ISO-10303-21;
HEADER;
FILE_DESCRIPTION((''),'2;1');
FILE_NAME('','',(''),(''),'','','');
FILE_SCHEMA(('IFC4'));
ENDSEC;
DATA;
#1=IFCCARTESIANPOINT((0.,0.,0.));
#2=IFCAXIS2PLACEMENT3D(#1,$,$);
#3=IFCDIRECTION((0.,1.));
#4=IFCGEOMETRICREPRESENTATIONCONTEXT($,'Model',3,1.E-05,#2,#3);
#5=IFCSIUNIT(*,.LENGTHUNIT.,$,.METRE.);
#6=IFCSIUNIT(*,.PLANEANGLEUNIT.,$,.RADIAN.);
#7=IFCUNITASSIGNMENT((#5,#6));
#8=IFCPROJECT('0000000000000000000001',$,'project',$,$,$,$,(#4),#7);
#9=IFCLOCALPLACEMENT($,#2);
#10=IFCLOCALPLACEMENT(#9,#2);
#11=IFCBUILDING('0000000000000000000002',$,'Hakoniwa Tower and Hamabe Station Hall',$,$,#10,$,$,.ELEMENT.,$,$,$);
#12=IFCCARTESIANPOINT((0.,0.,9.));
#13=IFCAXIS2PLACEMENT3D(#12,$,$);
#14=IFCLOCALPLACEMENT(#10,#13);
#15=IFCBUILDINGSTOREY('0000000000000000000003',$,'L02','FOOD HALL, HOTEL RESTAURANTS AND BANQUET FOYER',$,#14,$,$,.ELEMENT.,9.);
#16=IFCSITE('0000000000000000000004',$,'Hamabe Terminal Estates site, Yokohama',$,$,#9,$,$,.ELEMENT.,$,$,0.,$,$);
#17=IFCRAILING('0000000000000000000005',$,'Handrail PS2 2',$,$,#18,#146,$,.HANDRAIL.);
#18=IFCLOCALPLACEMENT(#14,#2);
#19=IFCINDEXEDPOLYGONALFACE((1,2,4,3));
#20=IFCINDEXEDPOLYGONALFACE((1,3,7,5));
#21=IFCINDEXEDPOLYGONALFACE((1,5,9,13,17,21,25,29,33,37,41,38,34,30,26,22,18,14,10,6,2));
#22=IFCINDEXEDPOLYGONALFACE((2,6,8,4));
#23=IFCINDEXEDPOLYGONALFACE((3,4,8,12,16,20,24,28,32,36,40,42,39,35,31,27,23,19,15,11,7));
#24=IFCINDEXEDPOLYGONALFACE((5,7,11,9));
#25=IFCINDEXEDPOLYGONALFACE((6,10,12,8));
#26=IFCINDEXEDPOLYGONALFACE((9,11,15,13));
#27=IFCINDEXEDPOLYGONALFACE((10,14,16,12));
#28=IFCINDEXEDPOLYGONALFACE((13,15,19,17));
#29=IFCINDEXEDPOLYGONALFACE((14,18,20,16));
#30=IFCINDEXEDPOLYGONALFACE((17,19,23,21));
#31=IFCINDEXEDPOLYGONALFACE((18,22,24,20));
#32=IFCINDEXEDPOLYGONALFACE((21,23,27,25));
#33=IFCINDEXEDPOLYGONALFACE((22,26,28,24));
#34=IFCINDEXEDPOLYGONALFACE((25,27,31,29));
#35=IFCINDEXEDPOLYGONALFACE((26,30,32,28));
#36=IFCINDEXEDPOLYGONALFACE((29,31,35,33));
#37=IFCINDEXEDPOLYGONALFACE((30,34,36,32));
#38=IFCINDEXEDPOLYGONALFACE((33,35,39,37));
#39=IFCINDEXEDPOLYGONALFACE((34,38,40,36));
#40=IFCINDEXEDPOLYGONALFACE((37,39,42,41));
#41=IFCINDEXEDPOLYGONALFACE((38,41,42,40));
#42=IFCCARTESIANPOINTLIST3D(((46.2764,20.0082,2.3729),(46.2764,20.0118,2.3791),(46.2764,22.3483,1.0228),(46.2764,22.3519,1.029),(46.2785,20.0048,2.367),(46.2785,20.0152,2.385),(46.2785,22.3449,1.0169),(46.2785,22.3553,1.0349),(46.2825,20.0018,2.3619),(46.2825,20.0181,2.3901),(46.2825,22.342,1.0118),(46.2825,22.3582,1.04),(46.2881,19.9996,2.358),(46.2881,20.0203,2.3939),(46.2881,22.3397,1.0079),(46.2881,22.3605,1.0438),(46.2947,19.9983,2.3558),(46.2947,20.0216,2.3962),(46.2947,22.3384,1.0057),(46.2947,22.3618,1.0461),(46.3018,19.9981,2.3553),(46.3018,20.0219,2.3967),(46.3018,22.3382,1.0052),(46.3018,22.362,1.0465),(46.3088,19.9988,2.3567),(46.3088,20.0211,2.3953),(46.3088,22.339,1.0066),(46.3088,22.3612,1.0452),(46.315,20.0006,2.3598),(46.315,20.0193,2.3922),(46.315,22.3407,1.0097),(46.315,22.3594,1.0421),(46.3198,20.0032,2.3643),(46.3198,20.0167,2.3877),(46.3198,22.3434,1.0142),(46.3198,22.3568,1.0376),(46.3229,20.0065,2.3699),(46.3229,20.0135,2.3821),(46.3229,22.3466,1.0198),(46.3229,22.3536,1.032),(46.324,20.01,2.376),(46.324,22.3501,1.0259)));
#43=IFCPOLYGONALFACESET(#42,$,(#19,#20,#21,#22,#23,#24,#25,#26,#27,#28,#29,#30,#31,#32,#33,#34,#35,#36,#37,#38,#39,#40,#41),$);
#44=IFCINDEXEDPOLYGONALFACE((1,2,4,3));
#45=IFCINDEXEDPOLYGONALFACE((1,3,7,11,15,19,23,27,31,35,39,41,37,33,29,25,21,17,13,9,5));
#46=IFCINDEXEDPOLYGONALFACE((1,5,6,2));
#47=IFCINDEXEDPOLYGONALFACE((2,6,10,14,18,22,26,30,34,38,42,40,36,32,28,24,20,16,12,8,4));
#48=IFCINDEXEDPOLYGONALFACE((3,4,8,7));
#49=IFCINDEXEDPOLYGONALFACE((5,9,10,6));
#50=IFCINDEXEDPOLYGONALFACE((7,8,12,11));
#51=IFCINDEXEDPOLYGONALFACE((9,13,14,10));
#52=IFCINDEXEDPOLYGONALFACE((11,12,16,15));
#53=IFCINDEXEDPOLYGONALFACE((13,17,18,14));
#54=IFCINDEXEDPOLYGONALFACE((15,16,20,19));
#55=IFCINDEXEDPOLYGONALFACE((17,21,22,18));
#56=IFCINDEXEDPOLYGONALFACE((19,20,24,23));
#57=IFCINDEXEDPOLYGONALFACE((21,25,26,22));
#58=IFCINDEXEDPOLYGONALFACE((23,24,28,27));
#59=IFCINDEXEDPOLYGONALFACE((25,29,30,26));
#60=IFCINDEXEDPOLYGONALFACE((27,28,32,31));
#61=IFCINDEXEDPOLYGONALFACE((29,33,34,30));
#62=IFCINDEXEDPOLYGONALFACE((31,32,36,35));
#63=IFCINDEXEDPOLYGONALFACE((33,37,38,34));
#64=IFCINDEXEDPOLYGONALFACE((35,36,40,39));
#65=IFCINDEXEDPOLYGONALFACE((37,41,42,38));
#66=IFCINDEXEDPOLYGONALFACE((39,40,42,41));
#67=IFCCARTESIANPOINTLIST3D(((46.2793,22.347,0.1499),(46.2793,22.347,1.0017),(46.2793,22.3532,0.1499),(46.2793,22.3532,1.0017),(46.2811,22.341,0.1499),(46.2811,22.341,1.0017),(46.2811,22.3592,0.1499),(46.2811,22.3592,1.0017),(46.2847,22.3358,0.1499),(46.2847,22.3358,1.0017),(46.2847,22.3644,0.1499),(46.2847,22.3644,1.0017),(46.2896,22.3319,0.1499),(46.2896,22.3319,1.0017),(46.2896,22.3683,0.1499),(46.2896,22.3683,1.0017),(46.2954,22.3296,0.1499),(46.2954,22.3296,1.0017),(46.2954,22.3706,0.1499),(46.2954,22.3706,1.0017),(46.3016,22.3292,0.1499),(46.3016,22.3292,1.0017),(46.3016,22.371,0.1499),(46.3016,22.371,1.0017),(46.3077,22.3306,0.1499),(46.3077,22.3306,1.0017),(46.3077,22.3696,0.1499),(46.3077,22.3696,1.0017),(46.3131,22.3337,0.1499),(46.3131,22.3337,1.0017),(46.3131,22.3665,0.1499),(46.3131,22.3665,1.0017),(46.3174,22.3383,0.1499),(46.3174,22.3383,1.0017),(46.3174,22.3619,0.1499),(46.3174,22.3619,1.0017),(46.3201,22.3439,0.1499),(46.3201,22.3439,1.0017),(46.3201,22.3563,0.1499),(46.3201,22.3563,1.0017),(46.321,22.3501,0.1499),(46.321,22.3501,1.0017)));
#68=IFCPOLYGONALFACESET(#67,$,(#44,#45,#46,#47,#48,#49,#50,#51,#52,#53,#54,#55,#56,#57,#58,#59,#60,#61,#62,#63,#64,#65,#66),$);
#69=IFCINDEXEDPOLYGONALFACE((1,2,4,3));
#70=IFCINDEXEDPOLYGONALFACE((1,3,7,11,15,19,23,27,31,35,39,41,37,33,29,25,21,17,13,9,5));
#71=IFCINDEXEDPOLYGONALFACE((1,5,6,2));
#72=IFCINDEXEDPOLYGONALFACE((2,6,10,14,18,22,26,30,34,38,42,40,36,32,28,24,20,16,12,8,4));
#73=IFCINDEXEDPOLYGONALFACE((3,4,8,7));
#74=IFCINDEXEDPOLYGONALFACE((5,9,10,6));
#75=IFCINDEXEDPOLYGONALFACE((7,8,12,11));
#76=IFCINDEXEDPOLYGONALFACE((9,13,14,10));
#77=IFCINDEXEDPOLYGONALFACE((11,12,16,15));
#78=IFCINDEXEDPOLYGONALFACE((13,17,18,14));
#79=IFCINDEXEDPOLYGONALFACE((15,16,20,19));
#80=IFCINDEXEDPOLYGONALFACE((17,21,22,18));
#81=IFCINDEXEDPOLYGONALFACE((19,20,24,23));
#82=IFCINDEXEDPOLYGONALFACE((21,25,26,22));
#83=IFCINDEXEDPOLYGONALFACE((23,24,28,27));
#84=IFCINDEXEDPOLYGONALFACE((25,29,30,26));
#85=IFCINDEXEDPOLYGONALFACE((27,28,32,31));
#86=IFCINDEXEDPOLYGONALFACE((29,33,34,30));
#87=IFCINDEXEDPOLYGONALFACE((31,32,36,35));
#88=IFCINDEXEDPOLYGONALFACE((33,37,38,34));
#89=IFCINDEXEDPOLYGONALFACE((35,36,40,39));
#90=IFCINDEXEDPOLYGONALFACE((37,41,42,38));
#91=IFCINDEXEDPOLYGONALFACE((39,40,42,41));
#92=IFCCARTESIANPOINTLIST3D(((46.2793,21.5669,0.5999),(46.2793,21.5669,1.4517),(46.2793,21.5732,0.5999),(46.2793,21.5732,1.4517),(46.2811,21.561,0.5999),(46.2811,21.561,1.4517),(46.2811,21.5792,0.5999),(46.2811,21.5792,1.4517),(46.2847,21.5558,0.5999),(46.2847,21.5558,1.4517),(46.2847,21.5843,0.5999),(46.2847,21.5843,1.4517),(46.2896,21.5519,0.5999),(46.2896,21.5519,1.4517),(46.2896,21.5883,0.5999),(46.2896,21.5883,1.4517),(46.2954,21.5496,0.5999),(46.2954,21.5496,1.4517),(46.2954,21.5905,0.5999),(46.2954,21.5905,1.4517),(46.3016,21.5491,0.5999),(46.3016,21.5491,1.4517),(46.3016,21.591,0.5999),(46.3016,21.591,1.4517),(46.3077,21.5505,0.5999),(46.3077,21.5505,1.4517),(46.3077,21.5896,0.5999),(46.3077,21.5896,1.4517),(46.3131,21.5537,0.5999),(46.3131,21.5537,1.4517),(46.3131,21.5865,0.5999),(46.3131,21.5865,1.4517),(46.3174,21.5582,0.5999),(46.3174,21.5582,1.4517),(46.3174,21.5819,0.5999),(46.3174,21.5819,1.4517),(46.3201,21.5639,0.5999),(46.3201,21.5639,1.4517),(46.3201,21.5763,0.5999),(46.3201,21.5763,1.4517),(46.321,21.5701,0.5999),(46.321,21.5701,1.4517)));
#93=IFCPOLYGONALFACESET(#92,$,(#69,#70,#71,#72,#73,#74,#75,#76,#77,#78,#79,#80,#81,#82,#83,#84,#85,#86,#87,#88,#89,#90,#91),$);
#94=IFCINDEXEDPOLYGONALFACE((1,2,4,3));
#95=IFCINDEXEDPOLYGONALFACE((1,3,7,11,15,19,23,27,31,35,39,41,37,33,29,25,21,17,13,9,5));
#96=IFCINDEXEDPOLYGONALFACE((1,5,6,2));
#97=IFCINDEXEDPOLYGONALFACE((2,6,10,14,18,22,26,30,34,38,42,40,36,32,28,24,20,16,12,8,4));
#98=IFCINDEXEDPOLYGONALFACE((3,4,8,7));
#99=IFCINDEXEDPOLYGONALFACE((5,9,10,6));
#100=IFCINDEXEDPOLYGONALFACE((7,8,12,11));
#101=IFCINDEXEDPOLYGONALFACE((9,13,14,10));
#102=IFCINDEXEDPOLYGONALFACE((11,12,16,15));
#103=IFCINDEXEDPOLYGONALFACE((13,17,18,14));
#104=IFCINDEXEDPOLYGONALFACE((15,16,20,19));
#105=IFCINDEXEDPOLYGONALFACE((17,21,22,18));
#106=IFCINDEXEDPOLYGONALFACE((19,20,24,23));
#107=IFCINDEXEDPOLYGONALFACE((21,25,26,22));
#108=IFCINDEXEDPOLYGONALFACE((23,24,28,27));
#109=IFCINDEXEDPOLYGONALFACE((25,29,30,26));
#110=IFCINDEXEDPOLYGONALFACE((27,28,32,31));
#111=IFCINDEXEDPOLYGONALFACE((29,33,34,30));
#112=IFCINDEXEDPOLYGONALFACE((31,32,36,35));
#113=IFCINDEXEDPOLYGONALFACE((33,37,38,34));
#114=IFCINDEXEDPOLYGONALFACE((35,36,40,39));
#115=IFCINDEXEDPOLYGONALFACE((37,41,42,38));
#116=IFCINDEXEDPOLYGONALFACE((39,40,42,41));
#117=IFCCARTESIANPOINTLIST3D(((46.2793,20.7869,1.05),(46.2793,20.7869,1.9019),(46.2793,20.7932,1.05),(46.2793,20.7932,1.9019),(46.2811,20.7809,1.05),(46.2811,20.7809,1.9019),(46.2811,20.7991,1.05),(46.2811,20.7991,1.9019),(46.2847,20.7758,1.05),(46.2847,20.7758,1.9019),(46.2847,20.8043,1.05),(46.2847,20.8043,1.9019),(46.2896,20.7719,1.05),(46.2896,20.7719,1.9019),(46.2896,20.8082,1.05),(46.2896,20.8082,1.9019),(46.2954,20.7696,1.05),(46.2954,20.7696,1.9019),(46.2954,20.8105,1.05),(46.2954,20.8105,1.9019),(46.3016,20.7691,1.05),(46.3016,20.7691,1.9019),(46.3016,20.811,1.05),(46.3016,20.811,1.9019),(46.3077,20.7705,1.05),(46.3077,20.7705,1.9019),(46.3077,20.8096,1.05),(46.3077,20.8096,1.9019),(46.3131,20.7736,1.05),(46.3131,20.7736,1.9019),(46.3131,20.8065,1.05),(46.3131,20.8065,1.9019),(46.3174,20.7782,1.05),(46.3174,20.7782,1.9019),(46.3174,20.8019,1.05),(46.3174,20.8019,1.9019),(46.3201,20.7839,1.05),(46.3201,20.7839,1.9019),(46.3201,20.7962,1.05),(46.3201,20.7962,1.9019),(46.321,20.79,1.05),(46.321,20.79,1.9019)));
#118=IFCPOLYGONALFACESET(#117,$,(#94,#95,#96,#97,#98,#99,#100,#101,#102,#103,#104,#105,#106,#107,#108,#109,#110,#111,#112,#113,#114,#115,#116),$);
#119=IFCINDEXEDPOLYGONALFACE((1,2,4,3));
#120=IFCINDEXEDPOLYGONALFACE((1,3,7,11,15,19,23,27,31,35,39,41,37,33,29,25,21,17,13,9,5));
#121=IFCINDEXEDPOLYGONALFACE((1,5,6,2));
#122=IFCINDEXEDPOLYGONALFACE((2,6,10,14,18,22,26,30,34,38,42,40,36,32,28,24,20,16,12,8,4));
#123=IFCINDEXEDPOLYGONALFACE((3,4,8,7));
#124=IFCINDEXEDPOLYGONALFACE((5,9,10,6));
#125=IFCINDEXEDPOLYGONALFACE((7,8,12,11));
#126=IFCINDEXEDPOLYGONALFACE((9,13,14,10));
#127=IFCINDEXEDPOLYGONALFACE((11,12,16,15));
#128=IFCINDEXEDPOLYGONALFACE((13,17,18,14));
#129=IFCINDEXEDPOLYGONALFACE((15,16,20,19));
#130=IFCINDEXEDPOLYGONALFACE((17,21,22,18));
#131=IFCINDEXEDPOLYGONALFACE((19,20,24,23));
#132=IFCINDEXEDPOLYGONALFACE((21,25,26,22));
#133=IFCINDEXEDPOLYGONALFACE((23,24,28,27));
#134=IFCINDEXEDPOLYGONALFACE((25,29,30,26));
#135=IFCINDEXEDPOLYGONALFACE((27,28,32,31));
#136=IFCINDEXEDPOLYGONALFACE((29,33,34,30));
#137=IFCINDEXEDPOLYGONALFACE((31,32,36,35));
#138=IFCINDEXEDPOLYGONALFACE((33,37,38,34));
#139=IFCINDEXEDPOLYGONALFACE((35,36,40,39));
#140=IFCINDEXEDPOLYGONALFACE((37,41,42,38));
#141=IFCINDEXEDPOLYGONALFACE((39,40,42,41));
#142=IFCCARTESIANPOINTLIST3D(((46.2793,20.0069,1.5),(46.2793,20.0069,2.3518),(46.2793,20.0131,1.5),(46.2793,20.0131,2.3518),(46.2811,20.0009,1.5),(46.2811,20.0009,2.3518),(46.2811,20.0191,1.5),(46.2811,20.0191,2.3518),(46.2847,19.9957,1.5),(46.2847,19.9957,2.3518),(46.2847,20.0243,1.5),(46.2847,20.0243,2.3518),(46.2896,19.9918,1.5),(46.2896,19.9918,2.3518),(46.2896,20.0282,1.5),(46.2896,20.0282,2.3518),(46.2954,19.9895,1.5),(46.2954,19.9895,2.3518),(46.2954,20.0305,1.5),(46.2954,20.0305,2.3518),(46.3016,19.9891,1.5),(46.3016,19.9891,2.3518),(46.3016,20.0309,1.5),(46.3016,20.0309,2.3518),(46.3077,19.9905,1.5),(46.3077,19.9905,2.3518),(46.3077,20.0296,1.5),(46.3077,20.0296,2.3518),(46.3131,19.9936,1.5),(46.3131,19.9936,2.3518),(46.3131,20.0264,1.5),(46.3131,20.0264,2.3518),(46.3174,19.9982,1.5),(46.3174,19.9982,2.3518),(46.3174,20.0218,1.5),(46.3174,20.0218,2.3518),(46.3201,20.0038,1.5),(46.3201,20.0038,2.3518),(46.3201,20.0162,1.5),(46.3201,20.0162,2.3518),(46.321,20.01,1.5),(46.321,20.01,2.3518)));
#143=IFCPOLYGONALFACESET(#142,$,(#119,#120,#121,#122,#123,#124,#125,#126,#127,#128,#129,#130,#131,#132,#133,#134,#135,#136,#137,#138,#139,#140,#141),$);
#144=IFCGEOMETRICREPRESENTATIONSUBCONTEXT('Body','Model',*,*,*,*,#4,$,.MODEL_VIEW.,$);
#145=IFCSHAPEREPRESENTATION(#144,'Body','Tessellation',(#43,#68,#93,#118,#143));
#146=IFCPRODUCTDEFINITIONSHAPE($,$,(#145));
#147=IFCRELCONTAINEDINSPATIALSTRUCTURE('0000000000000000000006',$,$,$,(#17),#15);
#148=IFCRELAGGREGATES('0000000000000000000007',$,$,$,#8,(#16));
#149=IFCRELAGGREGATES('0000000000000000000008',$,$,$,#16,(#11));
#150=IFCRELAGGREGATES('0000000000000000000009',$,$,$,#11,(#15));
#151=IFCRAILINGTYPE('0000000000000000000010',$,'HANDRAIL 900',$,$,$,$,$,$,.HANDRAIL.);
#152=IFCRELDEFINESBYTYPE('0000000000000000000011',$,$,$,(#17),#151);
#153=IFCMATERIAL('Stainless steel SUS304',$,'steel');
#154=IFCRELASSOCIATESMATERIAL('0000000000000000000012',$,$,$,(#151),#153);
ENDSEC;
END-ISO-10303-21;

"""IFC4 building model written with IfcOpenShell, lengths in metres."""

from ifc_helpers import new_model, si_unit, direction, frame, origin, origin_2d, place, context, subcontext, project, spatial, circle, extrude, material, type_object, element, save


model = new_model("IFC4")

# Units and contexts
model_context = context("Model", 3, precision=1e-05, world=origin(), true_north=direction((0.0, 1.0)))
body_context = subcontext(model_context, "Body", "Model", "MODEL_VIEW")
ifc_project = project(units=[si_unit("LENGTHUNIT", "METRE"), si_unit("PLANEANGLEUNIT", "RADIAN")], contexts=[model_context])

# Site, building, storey
site_placement = place(None, origin())
site = spatial("IfcSite", under=ifc_project, at=site_placement, Name="Hamabe Terminal Estates site, Yokohama", CompositionType="ELEMENT", RefElevation=0.0)
building_placement = place(site_placement, origin())
building = spatial("IfcBuilding", under=site, at=building_placement, Name="Hakoniwa Tower and Hamabe Station Hall", CompositionType="ELEMENT")
storey_placement = place(building_placement, frame((0.0, 0.0, 9.0)))
storey = spatial("IfcBuildingStorey", under=building, at=storey_placement, Name="L02", Description="FOOD HALL, HOTEL RESTAURANTS AND BANQUET FOYER", CompositionType="ELEMENT", Elevation=9.0)

# Railing
ifc_material_1 = material(Name="Stainless steel SUS304", Category="steel")
railing_type_1 = type_object("IfcRailingType", Name="HANDRAIL 900", PredefinedType="HANDRAIL", material=ifc_material_1)
for number, where, name in (
    (1, (46.3, 22.3501, 0.1499), "Handrail PS2 2"),
):
    element("IfcRailing", number, at=place(storey_placement, frame(where)), inside=storey, type_object=railing_type_1, Name=name, PredefinedType="HANDRAIL", context=body_context, shape_type="SweptSolid", body=[
        extrude(circle(Radius=0.0239, at=origin_2d()), frame((0.0, 0.0, 0.876), z_axis=(0.0, -0.866178, 0.499735), x_axis=(1.0, 0.0, 0.0)), (0.0, 0.0, 1.0), 2.7017),
        extrude(circle(Radius=0.021, at=origin_2d()), origin(), (0.0, 0.0, 1.0), 0.8518),
        extrude(circle(Radius=0.021, at=origin_2d()), frame((0.0, -0.78, 0.45)), (0.0, 0.0, 1.0), 0.8518),
        extrude(circle(Radius=0.021, at=origin_2d()), frame((0.0, -1.5601, 0.9001)), (0.0, 0.0, 1.0), 0.8518),
        extrude(circle(Radius=0.021, at=origin_2d()), frame((0.0, -2.3401, 1.3501)), (0.0, 0.0, 1.0), 0.8518),
    ])

save(model, "model.ifc")
